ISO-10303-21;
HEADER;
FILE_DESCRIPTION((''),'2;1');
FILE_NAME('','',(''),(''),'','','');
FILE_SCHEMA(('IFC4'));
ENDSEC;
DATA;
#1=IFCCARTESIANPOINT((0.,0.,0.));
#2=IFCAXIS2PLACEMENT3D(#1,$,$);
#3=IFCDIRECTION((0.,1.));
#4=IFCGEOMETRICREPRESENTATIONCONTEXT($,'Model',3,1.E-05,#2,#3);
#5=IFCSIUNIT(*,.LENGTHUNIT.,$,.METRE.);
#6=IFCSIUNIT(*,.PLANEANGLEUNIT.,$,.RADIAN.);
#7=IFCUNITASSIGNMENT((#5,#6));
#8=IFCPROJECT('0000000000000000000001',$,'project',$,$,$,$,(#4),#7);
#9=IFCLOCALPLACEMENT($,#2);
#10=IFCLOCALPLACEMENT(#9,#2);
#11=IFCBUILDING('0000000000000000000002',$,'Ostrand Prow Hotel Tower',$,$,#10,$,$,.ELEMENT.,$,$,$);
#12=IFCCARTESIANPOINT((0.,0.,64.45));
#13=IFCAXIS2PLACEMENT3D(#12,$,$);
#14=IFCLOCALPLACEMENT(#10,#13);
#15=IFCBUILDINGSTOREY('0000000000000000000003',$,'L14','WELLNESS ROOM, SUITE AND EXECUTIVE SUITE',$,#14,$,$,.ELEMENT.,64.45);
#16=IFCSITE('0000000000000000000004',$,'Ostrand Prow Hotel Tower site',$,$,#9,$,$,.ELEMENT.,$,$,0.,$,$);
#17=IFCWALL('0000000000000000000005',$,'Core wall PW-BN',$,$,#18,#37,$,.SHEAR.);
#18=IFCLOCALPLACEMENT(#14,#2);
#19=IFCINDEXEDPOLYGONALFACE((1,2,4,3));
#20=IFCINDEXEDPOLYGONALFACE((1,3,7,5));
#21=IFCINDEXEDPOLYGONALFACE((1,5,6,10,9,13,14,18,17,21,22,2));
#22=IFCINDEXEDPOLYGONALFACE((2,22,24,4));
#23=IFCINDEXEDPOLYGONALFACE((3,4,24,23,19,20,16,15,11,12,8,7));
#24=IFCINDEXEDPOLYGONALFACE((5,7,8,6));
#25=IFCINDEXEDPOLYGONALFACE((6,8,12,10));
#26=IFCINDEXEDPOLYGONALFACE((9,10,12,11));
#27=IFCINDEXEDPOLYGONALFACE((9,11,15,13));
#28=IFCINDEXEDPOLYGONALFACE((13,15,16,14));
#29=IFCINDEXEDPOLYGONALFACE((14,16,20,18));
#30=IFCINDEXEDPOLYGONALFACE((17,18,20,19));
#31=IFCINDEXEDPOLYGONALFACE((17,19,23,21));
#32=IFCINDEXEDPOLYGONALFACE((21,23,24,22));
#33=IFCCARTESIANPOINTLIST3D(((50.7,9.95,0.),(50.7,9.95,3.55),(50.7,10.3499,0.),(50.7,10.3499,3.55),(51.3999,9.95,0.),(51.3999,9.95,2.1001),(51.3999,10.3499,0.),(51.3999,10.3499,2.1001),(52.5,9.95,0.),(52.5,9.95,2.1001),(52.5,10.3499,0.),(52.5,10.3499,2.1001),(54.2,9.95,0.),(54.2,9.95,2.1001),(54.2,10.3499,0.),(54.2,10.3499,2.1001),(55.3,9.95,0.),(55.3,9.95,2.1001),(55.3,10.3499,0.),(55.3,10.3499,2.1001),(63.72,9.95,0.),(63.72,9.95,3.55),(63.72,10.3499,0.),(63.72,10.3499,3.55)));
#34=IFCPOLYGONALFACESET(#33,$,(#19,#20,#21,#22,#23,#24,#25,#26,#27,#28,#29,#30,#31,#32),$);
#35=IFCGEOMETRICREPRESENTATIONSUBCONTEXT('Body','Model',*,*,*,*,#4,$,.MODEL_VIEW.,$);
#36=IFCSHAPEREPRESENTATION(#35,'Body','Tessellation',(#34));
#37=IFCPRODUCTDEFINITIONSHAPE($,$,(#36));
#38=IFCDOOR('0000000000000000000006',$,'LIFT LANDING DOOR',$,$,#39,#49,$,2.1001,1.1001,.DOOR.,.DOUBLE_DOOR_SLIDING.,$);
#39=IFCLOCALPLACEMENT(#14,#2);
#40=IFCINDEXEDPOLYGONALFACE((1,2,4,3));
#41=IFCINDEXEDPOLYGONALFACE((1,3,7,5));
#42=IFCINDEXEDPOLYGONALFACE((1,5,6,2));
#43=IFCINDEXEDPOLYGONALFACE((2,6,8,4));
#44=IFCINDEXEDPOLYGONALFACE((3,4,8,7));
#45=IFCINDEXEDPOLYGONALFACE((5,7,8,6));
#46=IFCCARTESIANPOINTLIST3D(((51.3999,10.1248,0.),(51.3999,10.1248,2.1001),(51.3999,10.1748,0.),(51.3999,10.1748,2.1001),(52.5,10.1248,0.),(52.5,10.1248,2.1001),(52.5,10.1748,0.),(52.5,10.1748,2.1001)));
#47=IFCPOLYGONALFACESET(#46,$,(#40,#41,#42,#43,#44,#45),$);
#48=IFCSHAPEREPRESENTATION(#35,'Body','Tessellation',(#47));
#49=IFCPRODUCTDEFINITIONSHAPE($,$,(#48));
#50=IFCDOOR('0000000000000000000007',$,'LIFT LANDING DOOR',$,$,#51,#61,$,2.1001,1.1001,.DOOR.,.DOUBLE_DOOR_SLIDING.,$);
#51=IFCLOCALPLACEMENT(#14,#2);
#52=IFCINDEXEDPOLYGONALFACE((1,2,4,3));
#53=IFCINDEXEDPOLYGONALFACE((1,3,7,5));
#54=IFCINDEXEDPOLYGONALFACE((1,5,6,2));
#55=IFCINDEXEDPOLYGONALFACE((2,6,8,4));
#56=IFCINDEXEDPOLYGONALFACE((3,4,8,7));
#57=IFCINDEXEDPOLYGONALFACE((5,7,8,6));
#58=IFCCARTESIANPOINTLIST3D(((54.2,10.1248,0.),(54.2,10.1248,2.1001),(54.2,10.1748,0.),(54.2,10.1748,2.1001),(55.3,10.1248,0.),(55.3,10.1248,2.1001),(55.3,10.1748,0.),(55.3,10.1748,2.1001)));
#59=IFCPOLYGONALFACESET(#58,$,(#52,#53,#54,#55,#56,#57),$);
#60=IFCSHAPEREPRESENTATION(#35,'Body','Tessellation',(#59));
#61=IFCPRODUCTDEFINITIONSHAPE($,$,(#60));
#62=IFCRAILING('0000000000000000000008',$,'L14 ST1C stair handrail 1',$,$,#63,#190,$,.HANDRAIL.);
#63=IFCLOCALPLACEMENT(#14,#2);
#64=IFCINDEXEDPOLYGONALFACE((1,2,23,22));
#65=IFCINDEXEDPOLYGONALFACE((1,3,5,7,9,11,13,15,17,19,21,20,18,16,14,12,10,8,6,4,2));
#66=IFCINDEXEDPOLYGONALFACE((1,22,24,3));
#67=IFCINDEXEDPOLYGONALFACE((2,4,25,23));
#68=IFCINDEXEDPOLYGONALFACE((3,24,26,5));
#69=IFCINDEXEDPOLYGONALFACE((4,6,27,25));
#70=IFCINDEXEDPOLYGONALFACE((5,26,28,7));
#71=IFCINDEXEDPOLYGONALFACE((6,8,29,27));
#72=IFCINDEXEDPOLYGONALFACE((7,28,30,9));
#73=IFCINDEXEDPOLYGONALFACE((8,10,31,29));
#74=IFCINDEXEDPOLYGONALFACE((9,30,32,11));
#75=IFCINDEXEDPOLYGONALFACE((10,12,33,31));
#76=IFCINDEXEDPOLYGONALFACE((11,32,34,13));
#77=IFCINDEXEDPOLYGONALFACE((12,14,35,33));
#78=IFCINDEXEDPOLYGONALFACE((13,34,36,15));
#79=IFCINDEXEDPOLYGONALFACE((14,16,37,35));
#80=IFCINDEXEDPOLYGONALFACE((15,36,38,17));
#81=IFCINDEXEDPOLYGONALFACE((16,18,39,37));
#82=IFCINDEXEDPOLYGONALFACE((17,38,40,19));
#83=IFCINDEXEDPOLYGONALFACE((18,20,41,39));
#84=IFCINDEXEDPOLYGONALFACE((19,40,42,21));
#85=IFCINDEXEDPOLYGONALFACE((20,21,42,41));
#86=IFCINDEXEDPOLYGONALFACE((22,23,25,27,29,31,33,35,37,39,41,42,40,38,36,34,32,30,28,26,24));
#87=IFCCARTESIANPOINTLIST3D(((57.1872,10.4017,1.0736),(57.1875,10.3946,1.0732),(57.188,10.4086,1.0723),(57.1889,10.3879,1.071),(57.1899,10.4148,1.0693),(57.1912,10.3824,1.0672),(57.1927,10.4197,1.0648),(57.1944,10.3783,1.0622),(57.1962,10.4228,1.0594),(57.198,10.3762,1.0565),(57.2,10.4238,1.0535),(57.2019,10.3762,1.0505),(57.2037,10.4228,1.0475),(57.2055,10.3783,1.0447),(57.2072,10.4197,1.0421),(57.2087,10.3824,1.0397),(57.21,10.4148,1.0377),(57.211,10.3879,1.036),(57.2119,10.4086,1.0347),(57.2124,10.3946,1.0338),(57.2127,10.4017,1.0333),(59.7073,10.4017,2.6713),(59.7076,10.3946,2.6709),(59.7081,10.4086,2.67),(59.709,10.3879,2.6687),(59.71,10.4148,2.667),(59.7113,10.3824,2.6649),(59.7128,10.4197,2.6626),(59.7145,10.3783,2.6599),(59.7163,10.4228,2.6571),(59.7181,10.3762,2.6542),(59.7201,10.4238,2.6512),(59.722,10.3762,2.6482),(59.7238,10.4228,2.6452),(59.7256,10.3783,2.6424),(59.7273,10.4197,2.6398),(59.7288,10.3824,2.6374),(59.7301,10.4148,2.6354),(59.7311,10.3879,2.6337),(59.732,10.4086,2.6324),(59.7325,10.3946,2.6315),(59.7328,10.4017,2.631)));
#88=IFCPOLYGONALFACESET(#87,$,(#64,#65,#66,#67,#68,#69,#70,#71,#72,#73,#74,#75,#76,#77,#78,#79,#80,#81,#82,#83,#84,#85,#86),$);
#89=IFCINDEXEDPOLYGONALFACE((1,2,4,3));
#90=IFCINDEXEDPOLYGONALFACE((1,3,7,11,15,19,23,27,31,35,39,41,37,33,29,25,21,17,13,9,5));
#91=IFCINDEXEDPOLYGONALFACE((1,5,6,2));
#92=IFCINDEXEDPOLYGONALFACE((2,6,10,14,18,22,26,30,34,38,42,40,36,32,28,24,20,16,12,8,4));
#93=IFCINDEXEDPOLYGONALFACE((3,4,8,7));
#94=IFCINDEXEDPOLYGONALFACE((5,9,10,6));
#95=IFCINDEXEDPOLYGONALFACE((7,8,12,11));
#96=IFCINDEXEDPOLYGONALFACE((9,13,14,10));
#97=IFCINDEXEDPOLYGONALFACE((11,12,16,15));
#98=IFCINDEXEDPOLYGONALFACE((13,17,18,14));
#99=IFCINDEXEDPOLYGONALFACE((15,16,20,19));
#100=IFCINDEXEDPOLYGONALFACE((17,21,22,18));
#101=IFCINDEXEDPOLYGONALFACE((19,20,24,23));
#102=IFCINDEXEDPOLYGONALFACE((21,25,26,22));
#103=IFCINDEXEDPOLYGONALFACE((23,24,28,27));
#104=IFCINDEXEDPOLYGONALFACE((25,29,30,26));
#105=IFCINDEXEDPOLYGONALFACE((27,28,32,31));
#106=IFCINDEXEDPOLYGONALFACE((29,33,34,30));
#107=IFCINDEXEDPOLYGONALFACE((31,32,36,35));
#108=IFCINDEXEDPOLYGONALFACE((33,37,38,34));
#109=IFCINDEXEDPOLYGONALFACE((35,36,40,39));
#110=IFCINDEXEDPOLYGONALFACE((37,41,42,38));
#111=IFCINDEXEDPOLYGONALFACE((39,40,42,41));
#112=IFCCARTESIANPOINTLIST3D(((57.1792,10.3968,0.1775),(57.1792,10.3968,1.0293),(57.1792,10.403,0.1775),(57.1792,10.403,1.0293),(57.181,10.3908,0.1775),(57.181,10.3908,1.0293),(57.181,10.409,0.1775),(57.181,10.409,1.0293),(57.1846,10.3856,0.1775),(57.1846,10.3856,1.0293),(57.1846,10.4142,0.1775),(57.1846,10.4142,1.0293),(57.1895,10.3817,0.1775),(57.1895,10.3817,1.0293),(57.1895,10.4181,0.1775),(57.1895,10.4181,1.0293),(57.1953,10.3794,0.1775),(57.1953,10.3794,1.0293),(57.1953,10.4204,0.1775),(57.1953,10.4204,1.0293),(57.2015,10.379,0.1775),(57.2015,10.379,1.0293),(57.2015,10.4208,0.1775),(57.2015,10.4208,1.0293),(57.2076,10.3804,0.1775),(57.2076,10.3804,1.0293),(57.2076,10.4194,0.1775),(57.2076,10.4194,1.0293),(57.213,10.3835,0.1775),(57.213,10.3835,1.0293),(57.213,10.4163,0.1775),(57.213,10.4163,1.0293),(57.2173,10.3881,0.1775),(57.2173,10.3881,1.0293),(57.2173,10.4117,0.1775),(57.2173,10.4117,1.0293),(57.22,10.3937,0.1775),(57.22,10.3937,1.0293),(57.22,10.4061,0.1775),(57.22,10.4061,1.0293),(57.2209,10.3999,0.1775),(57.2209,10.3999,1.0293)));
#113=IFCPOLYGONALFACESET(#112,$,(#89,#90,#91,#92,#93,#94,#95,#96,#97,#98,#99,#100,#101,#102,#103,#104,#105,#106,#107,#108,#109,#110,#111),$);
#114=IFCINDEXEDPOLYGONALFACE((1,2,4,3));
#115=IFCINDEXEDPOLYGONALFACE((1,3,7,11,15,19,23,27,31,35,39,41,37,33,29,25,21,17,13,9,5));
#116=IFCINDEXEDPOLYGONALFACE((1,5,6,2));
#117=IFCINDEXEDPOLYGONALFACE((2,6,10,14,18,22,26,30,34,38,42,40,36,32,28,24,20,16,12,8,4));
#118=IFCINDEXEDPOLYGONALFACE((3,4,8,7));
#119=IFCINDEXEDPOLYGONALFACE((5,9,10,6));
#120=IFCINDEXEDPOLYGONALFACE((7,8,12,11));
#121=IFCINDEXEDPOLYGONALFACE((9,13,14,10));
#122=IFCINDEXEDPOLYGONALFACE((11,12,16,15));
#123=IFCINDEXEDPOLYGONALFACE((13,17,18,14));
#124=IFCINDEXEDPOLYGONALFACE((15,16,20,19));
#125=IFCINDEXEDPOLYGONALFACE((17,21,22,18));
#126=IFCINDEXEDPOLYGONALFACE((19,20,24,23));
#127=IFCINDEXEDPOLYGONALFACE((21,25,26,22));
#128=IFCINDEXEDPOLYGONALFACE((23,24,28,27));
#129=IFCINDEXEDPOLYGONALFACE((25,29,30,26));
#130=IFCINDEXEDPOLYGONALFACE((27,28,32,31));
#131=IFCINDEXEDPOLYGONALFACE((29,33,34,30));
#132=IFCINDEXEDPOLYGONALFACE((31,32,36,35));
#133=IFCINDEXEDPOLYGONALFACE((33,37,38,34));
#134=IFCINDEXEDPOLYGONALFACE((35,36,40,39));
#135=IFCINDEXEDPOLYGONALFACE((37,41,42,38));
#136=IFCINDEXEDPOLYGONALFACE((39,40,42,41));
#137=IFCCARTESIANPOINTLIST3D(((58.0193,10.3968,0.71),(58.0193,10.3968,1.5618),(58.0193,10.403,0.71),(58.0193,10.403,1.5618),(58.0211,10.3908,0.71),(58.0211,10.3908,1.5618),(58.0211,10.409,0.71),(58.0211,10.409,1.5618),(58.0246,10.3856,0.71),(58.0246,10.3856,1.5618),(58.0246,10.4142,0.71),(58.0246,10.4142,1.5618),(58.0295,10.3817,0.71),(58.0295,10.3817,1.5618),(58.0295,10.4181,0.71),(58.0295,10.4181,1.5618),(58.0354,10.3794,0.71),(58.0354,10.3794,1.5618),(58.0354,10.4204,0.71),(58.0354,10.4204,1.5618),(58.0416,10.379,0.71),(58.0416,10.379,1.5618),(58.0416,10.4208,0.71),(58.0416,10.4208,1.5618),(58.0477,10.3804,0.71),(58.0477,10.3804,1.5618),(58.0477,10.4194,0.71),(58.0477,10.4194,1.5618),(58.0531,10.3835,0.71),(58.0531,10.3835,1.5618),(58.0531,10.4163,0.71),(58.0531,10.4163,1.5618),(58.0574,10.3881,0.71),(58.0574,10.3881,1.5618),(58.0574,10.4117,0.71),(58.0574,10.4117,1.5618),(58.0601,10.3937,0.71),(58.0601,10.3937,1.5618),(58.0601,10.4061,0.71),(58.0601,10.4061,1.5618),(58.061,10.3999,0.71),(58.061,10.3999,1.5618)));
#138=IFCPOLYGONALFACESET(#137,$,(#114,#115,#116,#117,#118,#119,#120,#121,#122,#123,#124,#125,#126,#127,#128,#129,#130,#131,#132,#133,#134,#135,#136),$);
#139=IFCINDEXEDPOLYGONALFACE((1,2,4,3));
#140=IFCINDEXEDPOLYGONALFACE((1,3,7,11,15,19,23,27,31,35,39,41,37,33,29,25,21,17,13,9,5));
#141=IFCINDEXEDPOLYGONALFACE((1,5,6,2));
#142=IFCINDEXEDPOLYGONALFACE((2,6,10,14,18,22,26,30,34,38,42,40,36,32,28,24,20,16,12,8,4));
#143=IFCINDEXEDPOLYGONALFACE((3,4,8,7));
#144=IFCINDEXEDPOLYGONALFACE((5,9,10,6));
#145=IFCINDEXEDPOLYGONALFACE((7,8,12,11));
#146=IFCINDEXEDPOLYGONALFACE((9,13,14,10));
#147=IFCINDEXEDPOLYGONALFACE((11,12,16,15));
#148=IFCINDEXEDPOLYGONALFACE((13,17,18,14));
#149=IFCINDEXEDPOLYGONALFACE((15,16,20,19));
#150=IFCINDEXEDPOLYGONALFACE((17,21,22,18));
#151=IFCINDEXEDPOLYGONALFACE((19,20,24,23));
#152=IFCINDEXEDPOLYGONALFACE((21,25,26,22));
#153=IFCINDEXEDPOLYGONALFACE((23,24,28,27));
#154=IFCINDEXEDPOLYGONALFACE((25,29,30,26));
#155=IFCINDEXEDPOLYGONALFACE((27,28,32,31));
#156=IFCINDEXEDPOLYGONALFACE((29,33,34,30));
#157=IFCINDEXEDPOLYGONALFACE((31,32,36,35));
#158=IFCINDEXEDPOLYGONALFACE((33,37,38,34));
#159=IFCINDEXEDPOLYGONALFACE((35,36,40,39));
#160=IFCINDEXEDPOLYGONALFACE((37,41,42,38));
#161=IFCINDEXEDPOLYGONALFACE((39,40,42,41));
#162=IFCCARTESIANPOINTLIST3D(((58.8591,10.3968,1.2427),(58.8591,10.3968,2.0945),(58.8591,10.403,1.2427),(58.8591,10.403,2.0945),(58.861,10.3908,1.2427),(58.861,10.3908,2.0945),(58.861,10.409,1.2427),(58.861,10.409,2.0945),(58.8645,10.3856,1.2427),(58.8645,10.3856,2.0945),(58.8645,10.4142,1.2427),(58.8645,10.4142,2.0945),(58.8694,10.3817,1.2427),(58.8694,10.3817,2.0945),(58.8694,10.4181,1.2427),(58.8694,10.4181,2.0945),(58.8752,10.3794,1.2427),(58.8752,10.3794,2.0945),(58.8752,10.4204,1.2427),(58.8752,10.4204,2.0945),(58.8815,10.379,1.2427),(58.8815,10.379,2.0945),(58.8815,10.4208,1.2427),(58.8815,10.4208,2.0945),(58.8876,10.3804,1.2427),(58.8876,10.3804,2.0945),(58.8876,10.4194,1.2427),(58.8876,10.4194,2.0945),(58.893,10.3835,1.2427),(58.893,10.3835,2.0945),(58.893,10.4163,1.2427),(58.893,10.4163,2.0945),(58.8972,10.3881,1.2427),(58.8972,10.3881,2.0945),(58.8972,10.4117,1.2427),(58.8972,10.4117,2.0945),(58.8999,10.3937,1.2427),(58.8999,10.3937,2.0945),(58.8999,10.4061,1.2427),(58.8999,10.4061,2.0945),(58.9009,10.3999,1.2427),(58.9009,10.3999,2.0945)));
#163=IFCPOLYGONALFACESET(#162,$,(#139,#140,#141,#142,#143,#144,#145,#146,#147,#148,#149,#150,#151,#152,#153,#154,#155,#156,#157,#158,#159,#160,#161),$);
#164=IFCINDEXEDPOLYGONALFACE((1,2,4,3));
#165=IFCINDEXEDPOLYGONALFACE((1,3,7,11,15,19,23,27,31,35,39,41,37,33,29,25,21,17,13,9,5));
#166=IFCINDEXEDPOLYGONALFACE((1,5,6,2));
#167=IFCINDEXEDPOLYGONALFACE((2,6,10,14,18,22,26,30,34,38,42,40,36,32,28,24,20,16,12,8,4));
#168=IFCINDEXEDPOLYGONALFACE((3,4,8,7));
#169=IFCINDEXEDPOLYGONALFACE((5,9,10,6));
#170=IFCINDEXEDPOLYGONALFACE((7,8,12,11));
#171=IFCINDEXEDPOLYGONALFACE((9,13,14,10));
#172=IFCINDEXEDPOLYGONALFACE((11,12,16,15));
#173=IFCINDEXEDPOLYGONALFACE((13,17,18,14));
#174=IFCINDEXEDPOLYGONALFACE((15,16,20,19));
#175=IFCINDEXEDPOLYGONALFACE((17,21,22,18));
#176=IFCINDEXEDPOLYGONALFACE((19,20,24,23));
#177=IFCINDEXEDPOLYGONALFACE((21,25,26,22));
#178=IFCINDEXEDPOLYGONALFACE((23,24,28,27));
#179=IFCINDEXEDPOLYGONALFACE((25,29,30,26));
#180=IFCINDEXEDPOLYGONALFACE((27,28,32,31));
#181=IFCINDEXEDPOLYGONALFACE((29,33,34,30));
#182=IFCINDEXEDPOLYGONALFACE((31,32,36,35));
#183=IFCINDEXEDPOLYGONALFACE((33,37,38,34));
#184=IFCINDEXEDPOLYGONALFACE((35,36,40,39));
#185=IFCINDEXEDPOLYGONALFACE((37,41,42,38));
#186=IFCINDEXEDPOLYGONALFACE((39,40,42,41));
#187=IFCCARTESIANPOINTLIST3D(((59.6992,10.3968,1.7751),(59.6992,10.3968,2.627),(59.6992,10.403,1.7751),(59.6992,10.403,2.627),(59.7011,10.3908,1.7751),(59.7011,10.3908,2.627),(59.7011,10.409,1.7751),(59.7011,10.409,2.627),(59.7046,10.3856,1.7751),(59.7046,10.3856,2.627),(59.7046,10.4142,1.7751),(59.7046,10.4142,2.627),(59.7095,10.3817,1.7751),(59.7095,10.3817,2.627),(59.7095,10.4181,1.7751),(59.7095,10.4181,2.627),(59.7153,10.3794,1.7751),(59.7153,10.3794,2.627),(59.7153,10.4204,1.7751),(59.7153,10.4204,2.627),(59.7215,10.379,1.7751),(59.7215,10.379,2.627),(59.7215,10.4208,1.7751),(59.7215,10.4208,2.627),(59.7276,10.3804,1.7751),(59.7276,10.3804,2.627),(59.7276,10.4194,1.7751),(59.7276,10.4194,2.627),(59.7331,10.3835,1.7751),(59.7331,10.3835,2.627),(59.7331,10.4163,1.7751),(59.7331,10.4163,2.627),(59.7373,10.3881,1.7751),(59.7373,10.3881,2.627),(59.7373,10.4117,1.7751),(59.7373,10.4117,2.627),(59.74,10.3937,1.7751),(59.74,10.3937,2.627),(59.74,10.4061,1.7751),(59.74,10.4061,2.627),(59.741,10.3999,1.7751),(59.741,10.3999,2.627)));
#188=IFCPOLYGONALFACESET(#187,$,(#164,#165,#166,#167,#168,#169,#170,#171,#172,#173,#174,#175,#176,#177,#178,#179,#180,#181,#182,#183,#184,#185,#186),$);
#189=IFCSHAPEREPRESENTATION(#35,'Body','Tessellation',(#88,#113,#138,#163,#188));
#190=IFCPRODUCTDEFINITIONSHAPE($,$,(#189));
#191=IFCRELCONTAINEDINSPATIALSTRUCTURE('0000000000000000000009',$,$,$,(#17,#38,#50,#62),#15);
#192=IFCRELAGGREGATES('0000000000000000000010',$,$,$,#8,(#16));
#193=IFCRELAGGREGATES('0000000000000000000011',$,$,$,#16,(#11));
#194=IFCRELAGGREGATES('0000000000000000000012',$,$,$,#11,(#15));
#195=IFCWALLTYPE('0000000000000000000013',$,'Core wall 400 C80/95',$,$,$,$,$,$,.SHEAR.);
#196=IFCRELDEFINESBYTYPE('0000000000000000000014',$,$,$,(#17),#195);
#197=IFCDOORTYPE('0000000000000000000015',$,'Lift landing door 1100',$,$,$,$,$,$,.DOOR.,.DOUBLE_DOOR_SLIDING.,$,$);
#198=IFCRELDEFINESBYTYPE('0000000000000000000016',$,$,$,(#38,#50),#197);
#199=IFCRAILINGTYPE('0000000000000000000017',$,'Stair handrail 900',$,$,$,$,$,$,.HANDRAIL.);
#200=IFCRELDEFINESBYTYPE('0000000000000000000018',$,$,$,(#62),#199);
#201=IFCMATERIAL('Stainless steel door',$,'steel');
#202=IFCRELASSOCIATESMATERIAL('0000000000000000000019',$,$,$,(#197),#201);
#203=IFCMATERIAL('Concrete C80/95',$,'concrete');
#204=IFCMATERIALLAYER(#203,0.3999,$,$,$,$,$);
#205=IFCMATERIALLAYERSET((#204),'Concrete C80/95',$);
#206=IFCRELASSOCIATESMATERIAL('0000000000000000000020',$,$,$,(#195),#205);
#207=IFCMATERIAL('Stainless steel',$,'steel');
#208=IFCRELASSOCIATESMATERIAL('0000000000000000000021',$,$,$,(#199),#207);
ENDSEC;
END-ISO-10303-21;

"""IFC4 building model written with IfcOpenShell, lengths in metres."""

from ifc_helpers import new_model, si_unit, direction, frame, frame_2d, origin, origin_2d, place, context, subcontext, project, spatial, rectangle, circle, extrude, material, layer, layer_set, type_object, element, fill, save


model = new_model("IFC4")

# Units and contexts
model_context = context("Model", 3, precision=1e-05, world=origin(), true_north=direction((0.0, 1.0)))
body_context = subcontext(model_context, "Body", "Model", "MODEL_VIEW")
ifc_project = project(units=[si_unit("LENGTHUNIT", "METRE"), si_unit("PLANEANGLEUNIT", "RADIAN")], contexts=[model_context])

# Site, building, storey
site_placement = place(None, origin())
site = spatial("IfcSite", under=ifc_project, at=site_placement, Name="Ostrand Prow Hotel Tower site", CompositionType="ELEMENT", RefElevation=0.0)
building_placement = place(site_placement, origin())
building = spatial("IfcBuilding", under=site, at=building_placement, Name="Ostrand Prow Hotel Tower", CompositionType="ELEMENT")
storey_placement = place(building_placement, frame((0.0, 0.0, 64.45)))
storey = spatial("IfcBuildingStorey", under=building, at=storey_placement, Name="L14", Description="WELLNESS ROOM, SUITE AND EXECUTIVE SUITE", CompositionType="ELEMENT", Elevation=64.45)

# Shared definitions
ifc_material_1 = material(Name="Stainless steel door", Category="steel")
door_type_1 = type_object("IfcDoorType", Name="Lift landing door 1100", OperationType="DOUBLE_DOOR_SLIDING", PredefinedType="DOOR", material=ifc_material_1)

# Wall, openings, doors
ifc_material_2 = material(Name="Concrete C80/95", Category="concrete")
ifc_layer_1 = layer(ifc_material_2, 0.3999)
ifc_layer_set_1 = layer_set([ifc_layer_1], Name="Concrete C80/95")
wall_type_1 = type_object("IfcWallType", Name="Core wall 400 C80/95", PredefinedType="SHEAR", material=ifc_layer_set_1)
wall_1_placement = place(storey_placement, frame((50.7, 10.1499, 0.0), z_axis=(0.0, 0.0, 1.0), x_axis=(1.0, 0.0, 0.0)))
wall_1 = element("IfcWall", 1, at=wall_1_placement, inside=storey, type_object=wall_type_1, Name="Core wall PW-BN", PredefinedType="SHEAR", context=body_context, shape_type="SweptSolid", body=[
    extrude(rectangle(XDim=13.02, YDim=0.3999, at=frame_2d((6.51, 0.0))), origin(), (0.0, 0.0, 1.0), 3.55),
])
opening_1_placement = place(wall_1_placement, frame((0.7, 0.0, 0.0)))
opening_1 = element("IfcOpeningElement", 2, at=opening_1_placement, cuts=wall_1, PredefinedType="OPENING", context=body_context, shape_type="SweptSolid", body=[
    extrude(rectangle(XDim=1.1001, YDim=2.1001, at=frame_2d((0.55, 1.05))), frame((0.0, 0.21, 0.0), z_axis=(0.0, -1.0, 0.0), x_axis=(1.0, 0.0, 0.0)), (0.0, 0.0, 1.0), 0.4199),
])
opening_2_placement = place(wall_1_placement, frame((3.5, 0.0, 0.0)))
opening_2 = element("IfcOpeningElement", 3, at=opening_2_placement, cuts=wall_1, PredefinedType="OPENING", context=body_context, shape_type="SweptSolid", body=[
    extrude(rectangle(XDim=1.1001, YDim=2.1001, at=frame_2d((0.55, 1.05))), frame((0.0, 0.21, 0.0), z_axis=(0.0, -1.0, 0.0), x_axis=(1.0, 0.0, 0.0)), (0.0, 0.0, 1.0), 0.4199),
])
door_1_placement = place(opening_1_placement, origin())
door_1 = element("IfcDoor", 4, at=door_1_placement, inside=storey, type_object=door_type_1, Name="LIFT LANDING DOOR", OperationType="DOUBLE_DOOR_SLIDING", OverallHeight=2.1001, OverallWidth=1.1001, PredefinedType="DOOR", context=body_context, shape_type="SweptSolid", body=[
    extrude(rectangle(XDim=1.1001, YDim=2.1001, at=frame_2d((0.55, 1.05))), frame((0.0, 0.0249, 0.0), z_axis=(0.0, -1.0, 0.0), x_axis=(1.0, 0.0, 0.0)), (0.0, 0.0, 1.0), 0.05),
])
fill(opening_1, door_1)
door_2_placement = place(opening_2_placement, origin())
door_2 = element("IfcDoor", 5, at=door_2_placement, inside=storey, type_object=door_type_1, Name="LIFT LANDING DOOR", OperationType="DOUBLE_DOOR_SLIDING", OverallHeight=2.1001, OverallWidth=1.1001, PredefinedType="DOOR", context=body_context, shape_type="SweptSolid", body=[
    extrude(rectangle(XDim=1.1001, YDim=2.1001, at=frame_2d((0.55, 1.05))), frame((0.0, 0.0249, 0.0), z_axis=(0.0, -1.0, 0.0), x_axis=(1.0, 0.0, 0.0)), (0.0, 0.0, 1.0), 0.05),
])
fill(opening_2, door_2)

# Railing
ifc_material_3 = material(Name="Stainless steel", Category="steel")
railing_type = type_object("IfcRailingType", Name="Stair handrail 900", PredefinedType="HANDRAIL", material=ifc_material_3)
railing_placement = place(storey_placement, frame((57.2, 10.3999, 0.1775)))
element("IfcRailing", 6, at=railing_placement, inside=storey, type_object=railing_type, Name="L14 ST1C stair handrail 1", PredefinedType="HANDRAIL", context=body_context, shape_type="SweptSolid", body=[
    extrude(circle(Radius=0.0239, at=origin_2d()), frame((0.0, 0.0, 0.876), z_axis=(0.84457, 0.0, 0.535445), x_axis=(0.0, 1.0, 0.0)), (0.0, 0.0, 1.0), 2.9839),
    extrude(circle(Radius=0.021, at=origin_2d()), origin(), (0.0, 0.0, 1.0), 0.8518),
    extrude(circle(Radius=0.021, at=origin_2d()), frame((0.8401, 0.0, 0.5325)), (0.0, 0.0, 1.0), 0.8518),
    extrude(circle(Radius=0.021, at=origin_2d()), frame((1.6799, 0.0, 1.0652)), (0.0, 0.0, 1.0), 0.8518),
    extrude(circle(Radius=0.021, at=origin_2d()), frame((2.52, 0.0, 1.5977)), (0.0, 0.0, 1.0), 0.8518),
])

save(model, "model.ifc")
